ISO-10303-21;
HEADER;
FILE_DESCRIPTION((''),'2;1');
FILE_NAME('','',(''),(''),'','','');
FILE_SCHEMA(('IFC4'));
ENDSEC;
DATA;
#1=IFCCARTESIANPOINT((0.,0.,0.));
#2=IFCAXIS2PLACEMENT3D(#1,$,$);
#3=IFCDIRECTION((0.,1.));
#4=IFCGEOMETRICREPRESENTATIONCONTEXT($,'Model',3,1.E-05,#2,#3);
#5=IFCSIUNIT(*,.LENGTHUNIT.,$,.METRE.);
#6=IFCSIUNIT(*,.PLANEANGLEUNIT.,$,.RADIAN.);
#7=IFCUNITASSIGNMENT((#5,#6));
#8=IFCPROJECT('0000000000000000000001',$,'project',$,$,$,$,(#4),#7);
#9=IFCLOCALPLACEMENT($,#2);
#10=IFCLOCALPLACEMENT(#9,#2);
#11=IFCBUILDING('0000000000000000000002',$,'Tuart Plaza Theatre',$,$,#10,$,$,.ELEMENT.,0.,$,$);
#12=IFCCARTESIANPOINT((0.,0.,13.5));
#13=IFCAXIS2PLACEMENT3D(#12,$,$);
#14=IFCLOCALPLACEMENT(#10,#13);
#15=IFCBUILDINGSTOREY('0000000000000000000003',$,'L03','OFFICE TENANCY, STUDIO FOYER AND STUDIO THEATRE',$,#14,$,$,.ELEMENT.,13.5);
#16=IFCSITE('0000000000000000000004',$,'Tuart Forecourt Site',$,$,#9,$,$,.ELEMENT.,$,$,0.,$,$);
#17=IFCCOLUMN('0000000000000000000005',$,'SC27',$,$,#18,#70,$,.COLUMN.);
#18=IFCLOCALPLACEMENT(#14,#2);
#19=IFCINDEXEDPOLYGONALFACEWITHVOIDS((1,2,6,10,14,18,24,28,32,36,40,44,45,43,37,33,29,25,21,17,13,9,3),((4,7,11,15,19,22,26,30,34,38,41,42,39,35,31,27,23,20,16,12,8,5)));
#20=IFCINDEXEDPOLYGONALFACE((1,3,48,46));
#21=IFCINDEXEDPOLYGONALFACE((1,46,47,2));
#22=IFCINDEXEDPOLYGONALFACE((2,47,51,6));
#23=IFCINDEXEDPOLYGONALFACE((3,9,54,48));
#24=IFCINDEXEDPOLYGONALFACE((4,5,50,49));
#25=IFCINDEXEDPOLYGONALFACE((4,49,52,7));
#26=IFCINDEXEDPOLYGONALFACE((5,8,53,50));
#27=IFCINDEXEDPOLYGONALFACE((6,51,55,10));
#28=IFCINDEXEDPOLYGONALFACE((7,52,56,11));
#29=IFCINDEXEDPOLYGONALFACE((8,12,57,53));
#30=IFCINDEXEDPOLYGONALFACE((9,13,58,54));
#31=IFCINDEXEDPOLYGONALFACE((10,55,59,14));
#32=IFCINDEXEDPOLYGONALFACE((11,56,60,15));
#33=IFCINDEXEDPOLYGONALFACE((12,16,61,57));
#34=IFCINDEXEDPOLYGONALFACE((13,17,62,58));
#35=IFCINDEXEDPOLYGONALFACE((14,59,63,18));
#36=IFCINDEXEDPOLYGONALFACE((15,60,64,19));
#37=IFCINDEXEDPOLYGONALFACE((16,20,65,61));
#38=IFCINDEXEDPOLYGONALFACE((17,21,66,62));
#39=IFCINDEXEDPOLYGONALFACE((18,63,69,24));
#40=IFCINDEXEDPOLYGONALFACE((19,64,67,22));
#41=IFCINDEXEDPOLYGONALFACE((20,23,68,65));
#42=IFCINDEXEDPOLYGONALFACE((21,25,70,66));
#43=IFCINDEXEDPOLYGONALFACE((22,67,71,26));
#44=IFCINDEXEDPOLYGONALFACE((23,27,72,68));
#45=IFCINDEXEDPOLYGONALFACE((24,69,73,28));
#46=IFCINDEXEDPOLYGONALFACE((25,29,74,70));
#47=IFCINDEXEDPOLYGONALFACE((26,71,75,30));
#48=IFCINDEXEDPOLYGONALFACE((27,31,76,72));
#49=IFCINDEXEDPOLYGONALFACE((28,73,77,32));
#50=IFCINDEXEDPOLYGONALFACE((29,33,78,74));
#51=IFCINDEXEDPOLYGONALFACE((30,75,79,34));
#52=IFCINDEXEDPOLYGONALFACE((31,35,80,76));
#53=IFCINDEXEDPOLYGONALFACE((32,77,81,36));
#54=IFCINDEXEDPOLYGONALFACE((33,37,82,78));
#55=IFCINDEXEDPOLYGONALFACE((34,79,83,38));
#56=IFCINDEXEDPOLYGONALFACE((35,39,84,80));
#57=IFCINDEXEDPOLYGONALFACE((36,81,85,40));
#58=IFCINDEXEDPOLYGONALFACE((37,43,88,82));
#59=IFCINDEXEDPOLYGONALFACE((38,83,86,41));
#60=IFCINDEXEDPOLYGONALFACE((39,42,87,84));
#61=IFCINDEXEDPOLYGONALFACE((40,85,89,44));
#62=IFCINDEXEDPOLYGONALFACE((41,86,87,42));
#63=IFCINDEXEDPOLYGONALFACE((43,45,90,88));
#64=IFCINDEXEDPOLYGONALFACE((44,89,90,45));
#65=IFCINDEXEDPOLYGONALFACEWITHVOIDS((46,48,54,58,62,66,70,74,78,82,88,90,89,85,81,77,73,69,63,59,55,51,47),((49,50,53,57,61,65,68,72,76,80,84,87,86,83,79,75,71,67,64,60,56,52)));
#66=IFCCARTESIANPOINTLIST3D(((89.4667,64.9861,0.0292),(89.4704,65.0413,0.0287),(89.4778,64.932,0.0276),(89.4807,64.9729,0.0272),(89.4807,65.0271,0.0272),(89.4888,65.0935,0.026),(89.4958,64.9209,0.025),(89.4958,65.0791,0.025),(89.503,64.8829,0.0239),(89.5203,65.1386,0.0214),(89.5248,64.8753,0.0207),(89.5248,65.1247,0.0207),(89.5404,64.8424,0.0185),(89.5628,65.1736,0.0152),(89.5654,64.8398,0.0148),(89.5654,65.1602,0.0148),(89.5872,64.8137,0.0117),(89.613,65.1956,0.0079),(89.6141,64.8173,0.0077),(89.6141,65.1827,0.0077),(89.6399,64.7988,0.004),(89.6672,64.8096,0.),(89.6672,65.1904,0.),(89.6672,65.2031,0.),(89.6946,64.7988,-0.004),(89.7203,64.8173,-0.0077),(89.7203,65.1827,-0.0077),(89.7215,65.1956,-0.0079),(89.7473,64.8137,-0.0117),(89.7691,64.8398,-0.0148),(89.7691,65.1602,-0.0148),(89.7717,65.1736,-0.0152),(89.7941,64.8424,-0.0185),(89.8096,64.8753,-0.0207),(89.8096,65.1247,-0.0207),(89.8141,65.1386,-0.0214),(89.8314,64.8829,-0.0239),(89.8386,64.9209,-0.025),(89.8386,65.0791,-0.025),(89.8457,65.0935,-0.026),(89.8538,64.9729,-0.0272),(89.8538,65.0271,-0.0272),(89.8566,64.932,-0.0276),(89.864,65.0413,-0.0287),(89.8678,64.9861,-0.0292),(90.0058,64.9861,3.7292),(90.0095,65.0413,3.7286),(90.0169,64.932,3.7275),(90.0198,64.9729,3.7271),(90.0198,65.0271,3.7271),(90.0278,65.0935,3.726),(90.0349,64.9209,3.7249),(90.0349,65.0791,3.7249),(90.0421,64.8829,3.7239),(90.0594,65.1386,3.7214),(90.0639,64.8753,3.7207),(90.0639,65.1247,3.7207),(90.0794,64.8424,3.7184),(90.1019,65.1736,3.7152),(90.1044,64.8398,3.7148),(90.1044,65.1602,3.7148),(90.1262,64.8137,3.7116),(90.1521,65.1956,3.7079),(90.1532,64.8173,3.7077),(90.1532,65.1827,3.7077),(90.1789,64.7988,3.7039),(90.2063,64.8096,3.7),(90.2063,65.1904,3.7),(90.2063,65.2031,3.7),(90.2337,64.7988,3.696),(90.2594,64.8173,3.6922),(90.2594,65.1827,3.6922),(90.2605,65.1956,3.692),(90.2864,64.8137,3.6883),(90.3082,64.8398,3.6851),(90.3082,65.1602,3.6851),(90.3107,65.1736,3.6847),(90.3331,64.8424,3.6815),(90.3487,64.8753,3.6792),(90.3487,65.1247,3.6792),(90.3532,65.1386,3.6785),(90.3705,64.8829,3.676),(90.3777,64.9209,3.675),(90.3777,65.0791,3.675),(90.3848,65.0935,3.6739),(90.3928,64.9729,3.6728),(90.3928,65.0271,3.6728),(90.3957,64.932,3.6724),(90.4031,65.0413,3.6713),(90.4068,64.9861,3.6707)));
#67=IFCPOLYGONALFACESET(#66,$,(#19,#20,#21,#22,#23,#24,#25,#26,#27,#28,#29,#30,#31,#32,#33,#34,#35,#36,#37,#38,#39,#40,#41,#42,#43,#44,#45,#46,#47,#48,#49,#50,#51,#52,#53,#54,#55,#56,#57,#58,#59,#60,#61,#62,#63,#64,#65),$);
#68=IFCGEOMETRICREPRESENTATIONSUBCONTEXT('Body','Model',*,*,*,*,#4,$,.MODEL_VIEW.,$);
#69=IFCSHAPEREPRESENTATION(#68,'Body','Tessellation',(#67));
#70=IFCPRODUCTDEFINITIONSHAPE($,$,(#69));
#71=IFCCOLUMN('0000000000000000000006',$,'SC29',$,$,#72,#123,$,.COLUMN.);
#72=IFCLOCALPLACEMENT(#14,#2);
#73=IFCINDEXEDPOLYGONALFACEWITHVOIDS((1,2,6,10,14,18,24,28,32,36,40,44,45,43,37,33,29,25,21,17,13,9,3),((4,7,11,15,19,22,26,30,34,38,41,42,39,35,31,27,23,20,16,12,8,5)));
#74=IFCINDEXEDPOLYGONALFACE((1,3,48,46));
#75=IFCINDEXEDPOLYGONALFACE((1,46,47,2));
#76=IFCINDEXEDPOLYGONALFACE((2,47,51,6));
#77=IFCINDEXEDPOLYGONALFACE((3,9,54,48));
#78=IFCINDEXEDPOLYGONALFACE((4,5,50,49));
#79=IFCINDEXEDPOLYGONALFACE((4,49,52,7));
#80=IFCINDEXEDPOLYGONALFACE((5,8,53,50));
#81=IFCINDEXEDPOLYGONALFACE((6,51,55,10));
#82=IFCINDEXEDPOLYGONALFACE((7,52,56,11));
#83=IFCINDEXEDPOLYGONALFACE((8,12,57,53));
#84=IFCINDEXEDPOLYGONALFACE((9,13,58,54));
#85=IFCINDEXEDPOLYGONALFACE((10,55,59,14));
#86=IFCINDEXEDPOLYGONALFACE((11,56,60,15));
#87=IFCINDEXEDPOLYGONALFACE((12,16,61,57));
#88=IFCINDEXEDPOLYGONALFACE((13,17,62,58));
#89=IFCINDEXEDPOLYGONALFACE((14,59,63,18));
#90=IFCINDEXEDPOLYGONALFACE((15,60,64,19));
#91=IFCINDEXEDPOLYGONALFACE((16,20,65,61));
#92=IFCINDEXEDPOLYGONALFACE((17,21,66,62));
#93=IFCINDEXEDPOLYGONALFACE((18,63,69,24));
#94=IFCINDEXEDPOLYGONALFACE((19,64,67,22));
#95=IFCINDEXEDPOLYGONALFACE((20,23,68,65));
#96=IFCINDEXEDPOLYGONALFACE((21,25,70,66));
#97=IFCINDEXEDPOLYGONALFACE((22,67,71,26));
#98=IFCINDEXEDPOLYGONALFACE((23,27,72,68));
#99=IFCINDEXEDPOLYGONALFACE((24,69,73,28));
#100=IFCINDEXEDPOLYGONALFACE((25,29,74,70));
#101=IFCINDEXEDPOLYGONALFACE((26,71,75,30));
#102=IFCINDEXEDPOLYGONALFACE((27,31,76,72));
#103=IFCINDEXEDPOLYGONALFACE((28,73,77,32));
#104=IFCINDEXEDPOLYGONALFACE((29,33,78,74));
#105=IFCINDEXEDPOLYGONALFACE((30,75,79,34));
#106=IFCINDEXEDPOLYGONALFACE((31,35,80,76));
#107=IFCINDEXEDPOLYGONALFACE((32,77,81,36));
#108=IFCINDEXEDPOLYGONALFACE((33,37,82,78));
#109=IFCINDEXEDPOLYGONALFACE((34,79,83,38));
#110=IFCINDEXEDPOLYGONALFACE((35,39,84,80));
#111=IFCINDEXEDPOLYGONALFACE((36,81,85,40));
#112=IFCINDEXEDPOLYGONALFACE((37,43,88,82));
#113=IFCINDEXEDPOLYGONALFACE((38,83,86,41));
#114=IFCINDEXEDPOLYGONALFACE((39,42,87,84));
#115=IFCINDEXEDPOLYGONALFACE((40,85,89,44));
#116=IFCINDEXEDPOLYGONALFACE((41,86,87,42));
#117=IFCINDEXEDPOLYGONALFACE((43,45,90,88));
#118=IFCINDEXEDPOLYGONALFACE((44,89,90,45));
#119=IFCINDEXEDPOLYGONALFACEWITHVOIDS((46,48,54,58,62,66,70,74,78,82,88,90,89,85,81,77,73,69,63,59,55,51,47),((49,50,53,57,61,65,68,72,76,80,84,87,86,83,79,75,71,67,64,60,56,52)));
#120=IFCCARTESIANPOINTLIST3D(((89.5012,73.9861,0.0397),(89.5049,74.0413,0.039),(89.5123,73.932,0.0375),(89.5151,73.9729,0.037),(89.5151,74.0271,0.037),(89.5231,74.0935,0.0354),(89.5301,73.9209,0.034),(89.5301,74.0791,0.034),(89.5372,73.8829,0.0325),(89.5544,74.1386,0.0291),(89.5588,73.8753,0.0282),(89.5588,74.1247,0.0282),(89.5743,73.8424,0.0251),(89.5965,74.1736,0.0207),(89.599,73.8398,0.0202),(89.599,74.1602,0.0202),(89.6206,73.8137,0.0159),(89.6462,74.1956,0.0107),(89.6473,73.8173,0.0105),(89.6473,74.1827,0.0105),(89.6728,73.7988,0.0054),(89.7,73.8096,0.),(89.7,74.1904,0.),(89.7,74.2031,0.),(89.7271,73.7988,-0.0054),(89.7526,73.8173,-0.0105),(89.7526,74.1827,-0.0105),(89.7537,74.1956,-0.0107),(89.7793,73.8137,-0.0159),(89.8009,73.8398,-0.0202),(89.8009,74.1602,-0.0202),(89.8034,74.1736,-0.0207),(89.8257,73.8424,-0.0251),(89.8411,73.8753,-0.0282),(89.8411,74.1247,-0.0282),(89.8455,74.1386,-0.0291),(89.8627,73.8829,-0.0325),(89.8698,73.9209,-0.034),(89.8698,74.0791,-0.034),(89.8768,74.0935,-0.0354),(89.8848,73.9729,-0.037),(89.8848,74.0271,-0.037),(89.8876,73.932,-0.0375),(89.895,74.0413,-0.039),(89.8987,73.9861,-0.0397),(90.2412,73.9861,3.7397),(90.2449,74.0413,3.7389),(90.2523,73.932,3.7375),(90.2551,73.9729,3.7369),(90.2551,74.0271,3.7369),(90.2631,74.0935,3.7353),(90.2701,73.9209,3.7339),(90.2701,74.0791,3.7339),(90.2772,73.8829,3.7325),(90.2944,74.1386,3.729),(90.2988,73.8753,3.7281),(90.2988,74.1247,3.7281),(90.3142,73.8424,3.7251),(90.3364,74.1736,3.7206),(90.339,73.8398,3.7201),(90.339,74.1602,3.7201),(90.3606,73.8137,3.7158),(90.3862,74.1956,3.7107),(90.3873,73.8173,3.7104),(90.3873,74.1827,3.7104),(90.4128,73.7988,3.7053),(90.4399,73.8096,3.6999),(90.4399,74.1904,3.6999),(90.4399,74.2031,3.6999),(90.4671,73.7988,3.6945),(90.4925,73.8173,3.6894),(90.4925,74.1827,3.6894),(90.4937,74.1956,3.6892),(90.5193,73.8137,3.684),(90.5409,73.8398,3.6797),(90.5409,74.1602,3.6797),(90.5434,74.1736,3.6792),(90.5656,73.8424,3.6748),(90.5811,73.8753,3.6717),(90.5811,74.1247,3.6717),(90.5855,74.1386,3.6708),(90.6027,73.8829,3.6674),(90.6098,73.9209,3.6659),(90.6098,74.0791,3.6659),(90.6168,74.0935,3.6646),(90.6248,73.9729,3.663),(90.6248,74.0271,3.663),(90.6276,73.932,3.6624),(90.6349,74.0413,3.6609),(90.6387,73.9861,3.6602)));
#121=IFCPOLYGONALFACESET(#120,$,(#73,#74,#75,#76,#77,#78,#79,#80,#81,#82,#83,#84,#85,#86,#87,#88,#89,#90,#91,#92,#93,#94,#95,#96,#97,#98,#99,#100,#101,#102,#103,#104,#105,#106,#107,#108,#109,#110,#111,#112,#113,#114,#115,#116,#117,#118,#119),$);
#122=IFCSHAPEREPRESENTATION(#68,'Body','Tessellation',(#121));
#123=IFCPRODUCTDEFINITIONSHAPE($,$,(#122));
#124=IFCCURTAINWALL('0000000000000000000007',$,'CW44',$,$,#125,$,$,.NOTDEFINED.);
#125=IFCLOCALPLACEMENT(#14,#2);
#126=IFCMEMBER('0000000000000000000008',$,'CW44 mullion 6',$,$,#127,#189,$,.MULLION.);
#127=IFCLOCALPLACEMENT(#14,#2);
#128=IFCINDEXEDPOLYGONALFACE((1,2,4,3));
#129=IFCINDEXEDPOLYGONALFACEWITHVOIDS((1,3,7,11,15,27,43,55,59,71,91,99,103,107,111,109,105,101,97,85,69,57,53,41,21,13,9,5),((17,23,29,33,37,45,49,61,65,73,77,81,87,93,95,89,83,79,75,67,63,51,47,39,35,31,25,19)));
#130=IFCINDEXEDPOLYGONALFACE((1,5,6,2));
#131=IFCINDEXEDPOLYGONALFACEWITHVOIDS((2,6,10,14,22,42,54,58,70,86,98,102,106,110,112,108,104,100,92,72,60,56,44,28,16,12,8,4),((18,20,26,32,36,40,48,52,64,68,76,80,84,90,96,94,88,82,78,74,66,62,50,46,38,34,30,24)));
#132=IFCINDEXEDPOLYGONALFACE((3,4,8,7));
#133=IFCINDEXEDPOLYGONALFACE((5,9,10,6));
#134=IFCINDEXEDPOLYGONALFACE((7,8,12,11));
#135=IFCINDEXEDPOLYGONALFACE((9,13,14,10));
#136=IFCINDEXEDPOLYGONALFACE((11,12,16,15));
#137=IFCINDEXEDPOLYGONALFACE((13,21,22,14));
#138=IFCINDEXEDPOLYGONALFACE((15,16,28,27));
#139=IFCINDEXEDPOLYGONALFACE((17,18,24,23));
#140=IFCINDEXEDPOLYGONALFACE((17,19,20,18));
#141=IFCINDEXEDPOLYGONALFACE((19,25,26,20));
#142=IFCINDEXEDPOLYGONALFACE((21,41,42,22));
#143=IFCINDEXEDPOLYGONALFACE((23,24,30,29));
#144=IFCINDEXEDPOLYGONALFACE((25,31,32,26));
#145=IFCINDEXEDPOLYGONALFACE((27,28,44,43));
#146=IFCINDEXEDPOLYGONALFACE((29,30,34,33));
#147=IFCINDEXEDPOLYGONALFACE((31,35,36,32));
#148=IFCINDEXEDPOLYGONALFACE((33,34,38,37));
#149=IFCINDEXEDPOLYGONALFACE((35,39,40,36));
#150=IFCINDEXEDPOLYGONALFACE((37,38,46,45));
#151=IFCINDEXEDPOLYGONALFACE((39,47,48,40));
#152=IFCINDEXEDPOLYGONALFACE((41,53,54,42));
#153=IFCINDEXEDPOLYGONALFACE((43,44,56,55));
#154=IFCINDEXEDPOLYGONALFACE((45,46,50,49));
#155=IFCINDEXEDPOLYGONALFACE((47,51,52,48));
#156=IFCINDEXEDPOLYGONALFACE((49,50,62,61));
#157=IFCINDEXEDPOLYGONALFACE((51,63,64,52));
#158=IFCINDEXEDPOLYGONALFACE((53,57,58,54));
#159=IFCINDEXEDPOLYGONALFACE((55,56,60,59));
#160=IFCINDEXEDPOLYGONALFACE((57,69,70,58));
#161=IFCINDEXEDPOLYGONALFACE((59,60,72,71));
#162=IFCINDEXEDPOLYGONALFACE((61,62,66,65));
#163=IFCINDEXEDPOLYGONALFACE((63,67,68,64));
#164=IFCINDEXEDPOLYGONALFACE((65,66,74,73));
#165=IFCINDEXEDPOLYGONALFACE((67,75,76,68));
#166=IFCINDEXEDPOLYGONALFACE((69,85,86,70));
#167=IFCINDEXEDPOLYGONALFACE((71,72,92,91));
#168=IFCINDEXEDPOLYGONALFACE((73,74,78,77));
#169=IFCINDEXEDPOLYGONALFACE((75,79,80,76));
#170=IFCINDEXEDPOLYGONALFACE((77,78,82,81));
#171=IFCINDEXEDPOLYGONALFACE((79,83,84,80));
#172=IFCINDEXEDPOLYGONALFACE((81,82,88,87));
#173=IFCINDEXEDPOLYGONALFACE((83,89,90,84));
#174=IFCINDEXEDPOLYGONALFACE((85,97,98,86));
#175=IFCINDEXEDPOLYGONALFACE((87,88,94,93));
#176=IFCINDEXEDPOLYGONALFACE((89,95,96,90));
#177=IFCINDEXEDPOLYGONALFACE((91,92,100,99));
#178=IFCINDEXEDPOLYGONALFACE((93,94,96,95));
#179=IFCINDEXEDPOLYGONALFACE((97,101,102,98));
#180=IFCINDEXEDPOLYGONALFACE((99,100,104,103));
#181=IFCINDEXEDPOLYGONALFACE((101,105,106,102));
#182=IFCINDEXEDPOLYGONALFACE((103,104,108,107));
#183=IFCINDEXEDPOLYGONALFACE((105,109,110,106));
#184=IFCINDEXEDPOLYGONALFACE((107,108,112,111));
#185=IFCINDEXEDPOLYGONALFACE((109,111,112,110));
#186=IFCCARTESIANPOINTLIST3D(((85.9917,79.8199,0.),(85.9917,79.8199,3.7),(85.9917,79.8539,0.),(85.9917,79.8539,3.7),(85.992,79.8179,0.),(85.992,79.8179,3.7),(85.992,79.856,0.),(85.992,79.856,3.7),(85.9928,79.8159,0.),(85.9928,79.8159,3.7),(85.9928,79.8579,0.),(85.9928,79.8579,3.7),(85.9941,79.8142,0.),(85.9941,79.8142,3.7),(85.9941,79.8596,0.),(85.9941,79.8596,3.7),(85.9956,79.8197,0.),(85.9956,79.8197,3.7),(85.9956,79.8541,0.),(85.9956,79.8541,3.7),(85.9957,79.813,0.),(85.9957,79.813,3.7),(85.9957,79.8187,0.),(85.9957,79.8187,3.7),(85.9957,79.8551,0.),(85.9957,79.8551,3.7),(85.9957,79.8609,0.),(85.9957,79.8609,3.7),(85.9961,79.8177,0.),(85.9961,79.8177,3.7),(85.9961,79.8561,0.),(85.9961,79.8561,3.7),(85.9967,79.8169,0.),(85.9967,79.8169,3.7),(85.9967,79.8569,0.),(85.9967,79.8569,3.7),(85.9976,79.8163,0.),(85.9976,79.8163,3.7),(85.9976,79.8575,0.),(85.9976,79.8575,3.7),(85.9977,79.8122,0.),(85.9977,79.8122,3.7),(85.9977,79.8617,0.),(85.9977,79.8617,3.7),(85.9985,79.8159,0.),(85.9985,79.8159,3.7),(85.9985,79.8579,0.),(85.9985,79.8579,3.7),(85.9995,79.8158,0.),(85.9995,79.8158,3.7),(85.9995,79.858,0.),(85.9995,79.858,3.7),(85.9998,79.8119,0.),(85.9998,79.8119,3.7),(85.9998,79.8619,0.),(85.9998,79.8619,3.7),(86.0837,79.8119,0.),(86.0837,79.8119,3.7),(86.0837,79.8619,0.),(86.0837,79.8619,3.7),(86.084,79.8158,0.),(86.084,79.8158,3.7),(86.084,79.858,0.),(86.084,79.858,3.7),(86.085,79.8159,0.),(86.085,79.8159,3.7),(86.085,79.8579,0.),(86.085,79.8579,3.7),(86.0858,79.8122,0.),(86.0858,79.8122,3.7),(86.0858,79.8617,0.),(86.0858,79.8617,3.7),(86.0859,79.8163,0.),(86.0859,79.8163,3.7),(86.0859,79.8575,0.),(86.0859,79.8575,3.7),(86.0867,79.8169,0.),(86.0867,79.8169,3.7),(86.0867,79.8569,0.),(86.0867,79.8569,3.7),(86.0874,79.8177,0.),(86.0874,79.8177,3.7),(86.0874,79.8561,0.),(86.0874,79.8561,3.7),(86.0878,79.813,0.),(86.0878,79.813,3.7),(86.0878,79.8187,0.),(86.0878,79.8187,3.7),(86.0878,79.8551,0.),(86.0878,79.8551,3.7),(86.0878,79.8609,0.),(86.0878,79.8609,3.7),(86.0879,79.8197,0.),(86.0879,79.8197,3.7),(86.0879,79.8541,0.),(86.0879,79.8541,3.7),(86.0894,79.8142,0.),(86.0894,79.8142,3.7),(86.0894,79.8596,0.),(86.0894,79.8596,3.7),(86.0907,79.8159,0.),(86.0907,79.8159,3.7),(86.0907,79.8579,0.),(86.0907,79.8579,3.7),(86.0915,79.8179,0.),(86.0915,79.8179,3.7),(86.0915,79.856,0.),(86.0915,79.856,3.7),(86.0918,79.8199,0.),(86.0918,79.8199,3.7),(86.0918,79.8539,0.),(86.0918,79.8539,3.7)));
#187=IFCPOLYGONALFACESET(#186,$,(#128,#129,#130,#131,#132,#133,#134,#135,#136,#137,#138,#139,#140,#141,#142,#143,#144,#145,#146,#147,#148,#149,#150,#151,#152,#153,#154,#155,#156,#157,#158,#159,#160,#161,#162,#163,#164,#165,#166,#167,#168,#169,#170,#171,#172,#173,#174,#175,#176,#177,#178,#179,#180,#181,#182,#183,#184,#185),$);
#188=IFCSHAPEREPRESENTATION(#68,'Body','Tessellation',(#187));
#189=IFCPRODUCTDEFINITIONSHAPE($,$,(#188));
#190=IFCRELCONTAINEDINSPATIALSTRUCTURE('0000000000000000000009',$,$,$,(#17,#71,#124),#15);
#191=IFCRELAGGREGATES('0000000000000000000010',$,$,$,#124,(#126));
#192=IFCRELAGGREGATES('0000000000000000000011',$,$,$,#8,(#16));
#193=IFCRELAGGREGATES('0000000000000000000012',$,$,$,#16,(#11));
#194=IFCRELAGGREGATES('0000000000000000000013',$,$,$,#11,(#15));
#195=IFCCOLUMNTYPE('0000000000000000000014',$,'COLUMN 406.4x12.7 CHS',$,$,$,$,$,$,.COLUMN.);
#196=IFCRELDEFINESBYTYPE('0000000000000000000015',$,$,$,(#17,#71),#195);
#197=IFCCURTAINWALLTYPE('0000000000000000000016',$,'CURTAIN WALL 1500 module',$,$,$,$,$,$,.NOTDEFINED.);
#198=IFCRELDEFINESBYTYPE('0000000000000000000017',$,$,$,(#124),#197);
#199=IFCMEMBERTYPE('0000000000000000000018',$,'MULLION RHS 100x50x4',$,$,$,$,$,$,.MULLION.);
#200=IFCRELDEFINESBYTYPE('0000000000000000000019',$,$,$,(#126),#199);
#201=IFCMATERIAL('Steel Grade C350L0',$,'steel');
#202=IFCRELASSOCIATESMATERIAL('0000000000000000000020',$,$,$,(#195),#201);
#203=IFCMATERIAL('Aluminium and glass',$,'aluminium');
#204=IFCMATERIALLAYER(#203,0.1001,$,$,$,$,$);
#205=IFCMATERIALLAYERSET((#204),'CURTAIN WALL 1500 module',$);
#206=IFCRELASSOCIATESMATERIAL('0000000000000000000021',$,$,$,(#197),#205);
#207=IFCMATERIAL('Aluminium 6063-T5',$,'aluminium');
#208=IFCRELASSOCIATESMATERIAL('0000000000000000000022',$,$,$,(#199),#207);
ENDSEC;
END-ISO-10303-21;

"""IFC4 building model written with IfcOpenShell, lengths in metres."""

from ifc_helpers import new_model, si_unit, direction, frame, origin, origin_2d, place, context, subcontext, project, spatial, hollow_rectangle, hollow_circle, extrude, material, layer, layer_set, material_profile, profile_set, type_object, element, aggregate, save


model = new_model("IFC4")

# Units and contexts
model_context = context("Model", 3, precision=1e-05, world=origin(), true_north=direction((0.0, 1.0)))
body_context = subcontext(model_context, "Body", "Model", "MODEL_VIEW")
ifc_project = project(units=[si_unit("LENGTHUNIT", "METRE"), si_unit("PLANEANGLEUNIT", "RADIAN")], contexts=[model_context])

# Site, building, storey
site_placement = place(None, origin())
site = spatial("IfcSite", under=ifc_project, at=site_placement, Name="Tuart Forecourt Site", CompositionType="ELEMENT", RefElevation=0.0)
building_placement = place(site_placement, origin())
building = spatial("IfcBuilding", under=site, at=building_placement, Name="Tuart Plaza Theatre", CompositionType="ELEMENT", ElevationOfRefHeight=0.0)
storey_placement = place(building_placement, frame((0.0, 0.0, 13.5)))
storey = spatial("IfcBuildingStorey", under=building, at=storey_placement, Name="L03", Description="OFFICE TENANCY, STUDIO FOYER AND STUDIO THEATRE", CompositionType="ELEMENT", Elevation=13.5)

# Columns
ifc_material_1 = material(Name="Steel Grade C350L0", Category="steel")
ifc_material_profile_1 = material_profile(ifc_material_1, hollow_circle(Radius=0.2031, WallThickness=0.0127, at=origin_2d()), Name="406.4x12.7 CHS")
ifc_profile_set_1 = profile_set([ifc_material_profile_1], Name="Steel Grade C350L0")
column_type = type_object("IfcColumnType", Name="COLUMN 406.4x12.7 CHS", PredefinedType="COLUMN", material=ifc_profile_set_1)
column_1_placement = place(storey_placement, frame((89.6672, 65.0, 0.0), z_axis=(0.144172, 0.0, 0.989553), x_axis=(0.0, 1.0, 0.0)))
element("IfcColumn", 1, at=column_1_placement, inside=storey, type_object=column_type, Name="SC27", PredefinedType="COLUMN", context=body_context, shape_type="SweptSolid", body=[
    extrude(hollow_circle(Radius=0.2031, WallThickness=0.0127, at=origin_2d()), origin(), (0.0, 0.0, 1.0), 3.739),
])
column_2_placement = place(storey_placement, frame((89.7, 74.0, 0.0), z_axis=(0.196116, 0.0, 0.980581), x_axis=(0.0, 1.0, 0.0)))
element("IfcColumn", 2, at=column_2_placement, inside=storey, type_object=column_type, Name="SC29", PredefinedType="COLUMN", context=body_context, shape_type="SweptSolid", body=[
    extrude(hollow_circle(Radius=0.2031, WallThickness=0.0127, at=origin_2d()), origin(), (0.0, 0.0, 1.0), 3.7732),
])

# Curtain wall, member
ifc_material_2 = material(Name="Aluminium and glass", Category="aluminium")
ifc_layer_1 = layer(ifc_material_2, 0.1001)
ifc_layer_set_1 = layer_set([ifc_layer_1], Name="CURTAIN WALL 1500 module")
curtain_wall_type = type_object("IfcCurtainWallType", Name="CURTAIN WALL 1500 module", PredefinedType="NOTDEFINED", material=ifc_layer_set_1)
curtain_wall_placement = place(storey_placement, origin())
curtain_wall = element("IfcCurtainWall", 3, at=curtain_wall_placement, inside=storey, type_object=curtain_wall_type, Name="CW44", PredefinedType="NOTDEFINED")
ifc_material_3 = material(Name="Aluminium 6063-T5", Category="aluminium")
ifc_material_profile_2 = material_profile(ifc_material_3, hollow_rectangle(XDim=0.05, YDim=0.1001, WallThickness=0.0039, InnerFilletRadius=0.0039, OuterFilletRadius=0.0081, at=origin_2d()), Name="RHS 100x50x4")
ifc_profile_set_2 = profile_set([ifc_material_profile_2], Name="Aluminium 6063-T5")
member_type_1 = type_object("IfcMemberType", Name="MULLION RHS 100x50x4", PredefinedType="MULLION", material=ifc_profile_set_2)
member_1_placement = place(storey_placement, frame((86.0417, 79.8369, 0.0), z_axis=(0.0, 0.0, 1.0), x_axis=(0.0, 1.0, 0.0)))
member_1 = element("IfcMember", 4, at=member_1_placement, type_object=member_type_1, Name="CW44 mullion 6", PredefinedType="MULLION", context=body_context, shape_type="SweptSolid", body=[
    extrude(hollow_rectangle(XDim=0.05, YDim=0.1001, WallThickness=0.0039, InnerFilletRadius=0.0039, OuterFilletRadius=0.0081, at=origin_2d()), origin(), (0.0, 0.0, 1.0), 3.7),
])
aggregate(curtain_wall, [member_1])

save(model, "model.ifc")
